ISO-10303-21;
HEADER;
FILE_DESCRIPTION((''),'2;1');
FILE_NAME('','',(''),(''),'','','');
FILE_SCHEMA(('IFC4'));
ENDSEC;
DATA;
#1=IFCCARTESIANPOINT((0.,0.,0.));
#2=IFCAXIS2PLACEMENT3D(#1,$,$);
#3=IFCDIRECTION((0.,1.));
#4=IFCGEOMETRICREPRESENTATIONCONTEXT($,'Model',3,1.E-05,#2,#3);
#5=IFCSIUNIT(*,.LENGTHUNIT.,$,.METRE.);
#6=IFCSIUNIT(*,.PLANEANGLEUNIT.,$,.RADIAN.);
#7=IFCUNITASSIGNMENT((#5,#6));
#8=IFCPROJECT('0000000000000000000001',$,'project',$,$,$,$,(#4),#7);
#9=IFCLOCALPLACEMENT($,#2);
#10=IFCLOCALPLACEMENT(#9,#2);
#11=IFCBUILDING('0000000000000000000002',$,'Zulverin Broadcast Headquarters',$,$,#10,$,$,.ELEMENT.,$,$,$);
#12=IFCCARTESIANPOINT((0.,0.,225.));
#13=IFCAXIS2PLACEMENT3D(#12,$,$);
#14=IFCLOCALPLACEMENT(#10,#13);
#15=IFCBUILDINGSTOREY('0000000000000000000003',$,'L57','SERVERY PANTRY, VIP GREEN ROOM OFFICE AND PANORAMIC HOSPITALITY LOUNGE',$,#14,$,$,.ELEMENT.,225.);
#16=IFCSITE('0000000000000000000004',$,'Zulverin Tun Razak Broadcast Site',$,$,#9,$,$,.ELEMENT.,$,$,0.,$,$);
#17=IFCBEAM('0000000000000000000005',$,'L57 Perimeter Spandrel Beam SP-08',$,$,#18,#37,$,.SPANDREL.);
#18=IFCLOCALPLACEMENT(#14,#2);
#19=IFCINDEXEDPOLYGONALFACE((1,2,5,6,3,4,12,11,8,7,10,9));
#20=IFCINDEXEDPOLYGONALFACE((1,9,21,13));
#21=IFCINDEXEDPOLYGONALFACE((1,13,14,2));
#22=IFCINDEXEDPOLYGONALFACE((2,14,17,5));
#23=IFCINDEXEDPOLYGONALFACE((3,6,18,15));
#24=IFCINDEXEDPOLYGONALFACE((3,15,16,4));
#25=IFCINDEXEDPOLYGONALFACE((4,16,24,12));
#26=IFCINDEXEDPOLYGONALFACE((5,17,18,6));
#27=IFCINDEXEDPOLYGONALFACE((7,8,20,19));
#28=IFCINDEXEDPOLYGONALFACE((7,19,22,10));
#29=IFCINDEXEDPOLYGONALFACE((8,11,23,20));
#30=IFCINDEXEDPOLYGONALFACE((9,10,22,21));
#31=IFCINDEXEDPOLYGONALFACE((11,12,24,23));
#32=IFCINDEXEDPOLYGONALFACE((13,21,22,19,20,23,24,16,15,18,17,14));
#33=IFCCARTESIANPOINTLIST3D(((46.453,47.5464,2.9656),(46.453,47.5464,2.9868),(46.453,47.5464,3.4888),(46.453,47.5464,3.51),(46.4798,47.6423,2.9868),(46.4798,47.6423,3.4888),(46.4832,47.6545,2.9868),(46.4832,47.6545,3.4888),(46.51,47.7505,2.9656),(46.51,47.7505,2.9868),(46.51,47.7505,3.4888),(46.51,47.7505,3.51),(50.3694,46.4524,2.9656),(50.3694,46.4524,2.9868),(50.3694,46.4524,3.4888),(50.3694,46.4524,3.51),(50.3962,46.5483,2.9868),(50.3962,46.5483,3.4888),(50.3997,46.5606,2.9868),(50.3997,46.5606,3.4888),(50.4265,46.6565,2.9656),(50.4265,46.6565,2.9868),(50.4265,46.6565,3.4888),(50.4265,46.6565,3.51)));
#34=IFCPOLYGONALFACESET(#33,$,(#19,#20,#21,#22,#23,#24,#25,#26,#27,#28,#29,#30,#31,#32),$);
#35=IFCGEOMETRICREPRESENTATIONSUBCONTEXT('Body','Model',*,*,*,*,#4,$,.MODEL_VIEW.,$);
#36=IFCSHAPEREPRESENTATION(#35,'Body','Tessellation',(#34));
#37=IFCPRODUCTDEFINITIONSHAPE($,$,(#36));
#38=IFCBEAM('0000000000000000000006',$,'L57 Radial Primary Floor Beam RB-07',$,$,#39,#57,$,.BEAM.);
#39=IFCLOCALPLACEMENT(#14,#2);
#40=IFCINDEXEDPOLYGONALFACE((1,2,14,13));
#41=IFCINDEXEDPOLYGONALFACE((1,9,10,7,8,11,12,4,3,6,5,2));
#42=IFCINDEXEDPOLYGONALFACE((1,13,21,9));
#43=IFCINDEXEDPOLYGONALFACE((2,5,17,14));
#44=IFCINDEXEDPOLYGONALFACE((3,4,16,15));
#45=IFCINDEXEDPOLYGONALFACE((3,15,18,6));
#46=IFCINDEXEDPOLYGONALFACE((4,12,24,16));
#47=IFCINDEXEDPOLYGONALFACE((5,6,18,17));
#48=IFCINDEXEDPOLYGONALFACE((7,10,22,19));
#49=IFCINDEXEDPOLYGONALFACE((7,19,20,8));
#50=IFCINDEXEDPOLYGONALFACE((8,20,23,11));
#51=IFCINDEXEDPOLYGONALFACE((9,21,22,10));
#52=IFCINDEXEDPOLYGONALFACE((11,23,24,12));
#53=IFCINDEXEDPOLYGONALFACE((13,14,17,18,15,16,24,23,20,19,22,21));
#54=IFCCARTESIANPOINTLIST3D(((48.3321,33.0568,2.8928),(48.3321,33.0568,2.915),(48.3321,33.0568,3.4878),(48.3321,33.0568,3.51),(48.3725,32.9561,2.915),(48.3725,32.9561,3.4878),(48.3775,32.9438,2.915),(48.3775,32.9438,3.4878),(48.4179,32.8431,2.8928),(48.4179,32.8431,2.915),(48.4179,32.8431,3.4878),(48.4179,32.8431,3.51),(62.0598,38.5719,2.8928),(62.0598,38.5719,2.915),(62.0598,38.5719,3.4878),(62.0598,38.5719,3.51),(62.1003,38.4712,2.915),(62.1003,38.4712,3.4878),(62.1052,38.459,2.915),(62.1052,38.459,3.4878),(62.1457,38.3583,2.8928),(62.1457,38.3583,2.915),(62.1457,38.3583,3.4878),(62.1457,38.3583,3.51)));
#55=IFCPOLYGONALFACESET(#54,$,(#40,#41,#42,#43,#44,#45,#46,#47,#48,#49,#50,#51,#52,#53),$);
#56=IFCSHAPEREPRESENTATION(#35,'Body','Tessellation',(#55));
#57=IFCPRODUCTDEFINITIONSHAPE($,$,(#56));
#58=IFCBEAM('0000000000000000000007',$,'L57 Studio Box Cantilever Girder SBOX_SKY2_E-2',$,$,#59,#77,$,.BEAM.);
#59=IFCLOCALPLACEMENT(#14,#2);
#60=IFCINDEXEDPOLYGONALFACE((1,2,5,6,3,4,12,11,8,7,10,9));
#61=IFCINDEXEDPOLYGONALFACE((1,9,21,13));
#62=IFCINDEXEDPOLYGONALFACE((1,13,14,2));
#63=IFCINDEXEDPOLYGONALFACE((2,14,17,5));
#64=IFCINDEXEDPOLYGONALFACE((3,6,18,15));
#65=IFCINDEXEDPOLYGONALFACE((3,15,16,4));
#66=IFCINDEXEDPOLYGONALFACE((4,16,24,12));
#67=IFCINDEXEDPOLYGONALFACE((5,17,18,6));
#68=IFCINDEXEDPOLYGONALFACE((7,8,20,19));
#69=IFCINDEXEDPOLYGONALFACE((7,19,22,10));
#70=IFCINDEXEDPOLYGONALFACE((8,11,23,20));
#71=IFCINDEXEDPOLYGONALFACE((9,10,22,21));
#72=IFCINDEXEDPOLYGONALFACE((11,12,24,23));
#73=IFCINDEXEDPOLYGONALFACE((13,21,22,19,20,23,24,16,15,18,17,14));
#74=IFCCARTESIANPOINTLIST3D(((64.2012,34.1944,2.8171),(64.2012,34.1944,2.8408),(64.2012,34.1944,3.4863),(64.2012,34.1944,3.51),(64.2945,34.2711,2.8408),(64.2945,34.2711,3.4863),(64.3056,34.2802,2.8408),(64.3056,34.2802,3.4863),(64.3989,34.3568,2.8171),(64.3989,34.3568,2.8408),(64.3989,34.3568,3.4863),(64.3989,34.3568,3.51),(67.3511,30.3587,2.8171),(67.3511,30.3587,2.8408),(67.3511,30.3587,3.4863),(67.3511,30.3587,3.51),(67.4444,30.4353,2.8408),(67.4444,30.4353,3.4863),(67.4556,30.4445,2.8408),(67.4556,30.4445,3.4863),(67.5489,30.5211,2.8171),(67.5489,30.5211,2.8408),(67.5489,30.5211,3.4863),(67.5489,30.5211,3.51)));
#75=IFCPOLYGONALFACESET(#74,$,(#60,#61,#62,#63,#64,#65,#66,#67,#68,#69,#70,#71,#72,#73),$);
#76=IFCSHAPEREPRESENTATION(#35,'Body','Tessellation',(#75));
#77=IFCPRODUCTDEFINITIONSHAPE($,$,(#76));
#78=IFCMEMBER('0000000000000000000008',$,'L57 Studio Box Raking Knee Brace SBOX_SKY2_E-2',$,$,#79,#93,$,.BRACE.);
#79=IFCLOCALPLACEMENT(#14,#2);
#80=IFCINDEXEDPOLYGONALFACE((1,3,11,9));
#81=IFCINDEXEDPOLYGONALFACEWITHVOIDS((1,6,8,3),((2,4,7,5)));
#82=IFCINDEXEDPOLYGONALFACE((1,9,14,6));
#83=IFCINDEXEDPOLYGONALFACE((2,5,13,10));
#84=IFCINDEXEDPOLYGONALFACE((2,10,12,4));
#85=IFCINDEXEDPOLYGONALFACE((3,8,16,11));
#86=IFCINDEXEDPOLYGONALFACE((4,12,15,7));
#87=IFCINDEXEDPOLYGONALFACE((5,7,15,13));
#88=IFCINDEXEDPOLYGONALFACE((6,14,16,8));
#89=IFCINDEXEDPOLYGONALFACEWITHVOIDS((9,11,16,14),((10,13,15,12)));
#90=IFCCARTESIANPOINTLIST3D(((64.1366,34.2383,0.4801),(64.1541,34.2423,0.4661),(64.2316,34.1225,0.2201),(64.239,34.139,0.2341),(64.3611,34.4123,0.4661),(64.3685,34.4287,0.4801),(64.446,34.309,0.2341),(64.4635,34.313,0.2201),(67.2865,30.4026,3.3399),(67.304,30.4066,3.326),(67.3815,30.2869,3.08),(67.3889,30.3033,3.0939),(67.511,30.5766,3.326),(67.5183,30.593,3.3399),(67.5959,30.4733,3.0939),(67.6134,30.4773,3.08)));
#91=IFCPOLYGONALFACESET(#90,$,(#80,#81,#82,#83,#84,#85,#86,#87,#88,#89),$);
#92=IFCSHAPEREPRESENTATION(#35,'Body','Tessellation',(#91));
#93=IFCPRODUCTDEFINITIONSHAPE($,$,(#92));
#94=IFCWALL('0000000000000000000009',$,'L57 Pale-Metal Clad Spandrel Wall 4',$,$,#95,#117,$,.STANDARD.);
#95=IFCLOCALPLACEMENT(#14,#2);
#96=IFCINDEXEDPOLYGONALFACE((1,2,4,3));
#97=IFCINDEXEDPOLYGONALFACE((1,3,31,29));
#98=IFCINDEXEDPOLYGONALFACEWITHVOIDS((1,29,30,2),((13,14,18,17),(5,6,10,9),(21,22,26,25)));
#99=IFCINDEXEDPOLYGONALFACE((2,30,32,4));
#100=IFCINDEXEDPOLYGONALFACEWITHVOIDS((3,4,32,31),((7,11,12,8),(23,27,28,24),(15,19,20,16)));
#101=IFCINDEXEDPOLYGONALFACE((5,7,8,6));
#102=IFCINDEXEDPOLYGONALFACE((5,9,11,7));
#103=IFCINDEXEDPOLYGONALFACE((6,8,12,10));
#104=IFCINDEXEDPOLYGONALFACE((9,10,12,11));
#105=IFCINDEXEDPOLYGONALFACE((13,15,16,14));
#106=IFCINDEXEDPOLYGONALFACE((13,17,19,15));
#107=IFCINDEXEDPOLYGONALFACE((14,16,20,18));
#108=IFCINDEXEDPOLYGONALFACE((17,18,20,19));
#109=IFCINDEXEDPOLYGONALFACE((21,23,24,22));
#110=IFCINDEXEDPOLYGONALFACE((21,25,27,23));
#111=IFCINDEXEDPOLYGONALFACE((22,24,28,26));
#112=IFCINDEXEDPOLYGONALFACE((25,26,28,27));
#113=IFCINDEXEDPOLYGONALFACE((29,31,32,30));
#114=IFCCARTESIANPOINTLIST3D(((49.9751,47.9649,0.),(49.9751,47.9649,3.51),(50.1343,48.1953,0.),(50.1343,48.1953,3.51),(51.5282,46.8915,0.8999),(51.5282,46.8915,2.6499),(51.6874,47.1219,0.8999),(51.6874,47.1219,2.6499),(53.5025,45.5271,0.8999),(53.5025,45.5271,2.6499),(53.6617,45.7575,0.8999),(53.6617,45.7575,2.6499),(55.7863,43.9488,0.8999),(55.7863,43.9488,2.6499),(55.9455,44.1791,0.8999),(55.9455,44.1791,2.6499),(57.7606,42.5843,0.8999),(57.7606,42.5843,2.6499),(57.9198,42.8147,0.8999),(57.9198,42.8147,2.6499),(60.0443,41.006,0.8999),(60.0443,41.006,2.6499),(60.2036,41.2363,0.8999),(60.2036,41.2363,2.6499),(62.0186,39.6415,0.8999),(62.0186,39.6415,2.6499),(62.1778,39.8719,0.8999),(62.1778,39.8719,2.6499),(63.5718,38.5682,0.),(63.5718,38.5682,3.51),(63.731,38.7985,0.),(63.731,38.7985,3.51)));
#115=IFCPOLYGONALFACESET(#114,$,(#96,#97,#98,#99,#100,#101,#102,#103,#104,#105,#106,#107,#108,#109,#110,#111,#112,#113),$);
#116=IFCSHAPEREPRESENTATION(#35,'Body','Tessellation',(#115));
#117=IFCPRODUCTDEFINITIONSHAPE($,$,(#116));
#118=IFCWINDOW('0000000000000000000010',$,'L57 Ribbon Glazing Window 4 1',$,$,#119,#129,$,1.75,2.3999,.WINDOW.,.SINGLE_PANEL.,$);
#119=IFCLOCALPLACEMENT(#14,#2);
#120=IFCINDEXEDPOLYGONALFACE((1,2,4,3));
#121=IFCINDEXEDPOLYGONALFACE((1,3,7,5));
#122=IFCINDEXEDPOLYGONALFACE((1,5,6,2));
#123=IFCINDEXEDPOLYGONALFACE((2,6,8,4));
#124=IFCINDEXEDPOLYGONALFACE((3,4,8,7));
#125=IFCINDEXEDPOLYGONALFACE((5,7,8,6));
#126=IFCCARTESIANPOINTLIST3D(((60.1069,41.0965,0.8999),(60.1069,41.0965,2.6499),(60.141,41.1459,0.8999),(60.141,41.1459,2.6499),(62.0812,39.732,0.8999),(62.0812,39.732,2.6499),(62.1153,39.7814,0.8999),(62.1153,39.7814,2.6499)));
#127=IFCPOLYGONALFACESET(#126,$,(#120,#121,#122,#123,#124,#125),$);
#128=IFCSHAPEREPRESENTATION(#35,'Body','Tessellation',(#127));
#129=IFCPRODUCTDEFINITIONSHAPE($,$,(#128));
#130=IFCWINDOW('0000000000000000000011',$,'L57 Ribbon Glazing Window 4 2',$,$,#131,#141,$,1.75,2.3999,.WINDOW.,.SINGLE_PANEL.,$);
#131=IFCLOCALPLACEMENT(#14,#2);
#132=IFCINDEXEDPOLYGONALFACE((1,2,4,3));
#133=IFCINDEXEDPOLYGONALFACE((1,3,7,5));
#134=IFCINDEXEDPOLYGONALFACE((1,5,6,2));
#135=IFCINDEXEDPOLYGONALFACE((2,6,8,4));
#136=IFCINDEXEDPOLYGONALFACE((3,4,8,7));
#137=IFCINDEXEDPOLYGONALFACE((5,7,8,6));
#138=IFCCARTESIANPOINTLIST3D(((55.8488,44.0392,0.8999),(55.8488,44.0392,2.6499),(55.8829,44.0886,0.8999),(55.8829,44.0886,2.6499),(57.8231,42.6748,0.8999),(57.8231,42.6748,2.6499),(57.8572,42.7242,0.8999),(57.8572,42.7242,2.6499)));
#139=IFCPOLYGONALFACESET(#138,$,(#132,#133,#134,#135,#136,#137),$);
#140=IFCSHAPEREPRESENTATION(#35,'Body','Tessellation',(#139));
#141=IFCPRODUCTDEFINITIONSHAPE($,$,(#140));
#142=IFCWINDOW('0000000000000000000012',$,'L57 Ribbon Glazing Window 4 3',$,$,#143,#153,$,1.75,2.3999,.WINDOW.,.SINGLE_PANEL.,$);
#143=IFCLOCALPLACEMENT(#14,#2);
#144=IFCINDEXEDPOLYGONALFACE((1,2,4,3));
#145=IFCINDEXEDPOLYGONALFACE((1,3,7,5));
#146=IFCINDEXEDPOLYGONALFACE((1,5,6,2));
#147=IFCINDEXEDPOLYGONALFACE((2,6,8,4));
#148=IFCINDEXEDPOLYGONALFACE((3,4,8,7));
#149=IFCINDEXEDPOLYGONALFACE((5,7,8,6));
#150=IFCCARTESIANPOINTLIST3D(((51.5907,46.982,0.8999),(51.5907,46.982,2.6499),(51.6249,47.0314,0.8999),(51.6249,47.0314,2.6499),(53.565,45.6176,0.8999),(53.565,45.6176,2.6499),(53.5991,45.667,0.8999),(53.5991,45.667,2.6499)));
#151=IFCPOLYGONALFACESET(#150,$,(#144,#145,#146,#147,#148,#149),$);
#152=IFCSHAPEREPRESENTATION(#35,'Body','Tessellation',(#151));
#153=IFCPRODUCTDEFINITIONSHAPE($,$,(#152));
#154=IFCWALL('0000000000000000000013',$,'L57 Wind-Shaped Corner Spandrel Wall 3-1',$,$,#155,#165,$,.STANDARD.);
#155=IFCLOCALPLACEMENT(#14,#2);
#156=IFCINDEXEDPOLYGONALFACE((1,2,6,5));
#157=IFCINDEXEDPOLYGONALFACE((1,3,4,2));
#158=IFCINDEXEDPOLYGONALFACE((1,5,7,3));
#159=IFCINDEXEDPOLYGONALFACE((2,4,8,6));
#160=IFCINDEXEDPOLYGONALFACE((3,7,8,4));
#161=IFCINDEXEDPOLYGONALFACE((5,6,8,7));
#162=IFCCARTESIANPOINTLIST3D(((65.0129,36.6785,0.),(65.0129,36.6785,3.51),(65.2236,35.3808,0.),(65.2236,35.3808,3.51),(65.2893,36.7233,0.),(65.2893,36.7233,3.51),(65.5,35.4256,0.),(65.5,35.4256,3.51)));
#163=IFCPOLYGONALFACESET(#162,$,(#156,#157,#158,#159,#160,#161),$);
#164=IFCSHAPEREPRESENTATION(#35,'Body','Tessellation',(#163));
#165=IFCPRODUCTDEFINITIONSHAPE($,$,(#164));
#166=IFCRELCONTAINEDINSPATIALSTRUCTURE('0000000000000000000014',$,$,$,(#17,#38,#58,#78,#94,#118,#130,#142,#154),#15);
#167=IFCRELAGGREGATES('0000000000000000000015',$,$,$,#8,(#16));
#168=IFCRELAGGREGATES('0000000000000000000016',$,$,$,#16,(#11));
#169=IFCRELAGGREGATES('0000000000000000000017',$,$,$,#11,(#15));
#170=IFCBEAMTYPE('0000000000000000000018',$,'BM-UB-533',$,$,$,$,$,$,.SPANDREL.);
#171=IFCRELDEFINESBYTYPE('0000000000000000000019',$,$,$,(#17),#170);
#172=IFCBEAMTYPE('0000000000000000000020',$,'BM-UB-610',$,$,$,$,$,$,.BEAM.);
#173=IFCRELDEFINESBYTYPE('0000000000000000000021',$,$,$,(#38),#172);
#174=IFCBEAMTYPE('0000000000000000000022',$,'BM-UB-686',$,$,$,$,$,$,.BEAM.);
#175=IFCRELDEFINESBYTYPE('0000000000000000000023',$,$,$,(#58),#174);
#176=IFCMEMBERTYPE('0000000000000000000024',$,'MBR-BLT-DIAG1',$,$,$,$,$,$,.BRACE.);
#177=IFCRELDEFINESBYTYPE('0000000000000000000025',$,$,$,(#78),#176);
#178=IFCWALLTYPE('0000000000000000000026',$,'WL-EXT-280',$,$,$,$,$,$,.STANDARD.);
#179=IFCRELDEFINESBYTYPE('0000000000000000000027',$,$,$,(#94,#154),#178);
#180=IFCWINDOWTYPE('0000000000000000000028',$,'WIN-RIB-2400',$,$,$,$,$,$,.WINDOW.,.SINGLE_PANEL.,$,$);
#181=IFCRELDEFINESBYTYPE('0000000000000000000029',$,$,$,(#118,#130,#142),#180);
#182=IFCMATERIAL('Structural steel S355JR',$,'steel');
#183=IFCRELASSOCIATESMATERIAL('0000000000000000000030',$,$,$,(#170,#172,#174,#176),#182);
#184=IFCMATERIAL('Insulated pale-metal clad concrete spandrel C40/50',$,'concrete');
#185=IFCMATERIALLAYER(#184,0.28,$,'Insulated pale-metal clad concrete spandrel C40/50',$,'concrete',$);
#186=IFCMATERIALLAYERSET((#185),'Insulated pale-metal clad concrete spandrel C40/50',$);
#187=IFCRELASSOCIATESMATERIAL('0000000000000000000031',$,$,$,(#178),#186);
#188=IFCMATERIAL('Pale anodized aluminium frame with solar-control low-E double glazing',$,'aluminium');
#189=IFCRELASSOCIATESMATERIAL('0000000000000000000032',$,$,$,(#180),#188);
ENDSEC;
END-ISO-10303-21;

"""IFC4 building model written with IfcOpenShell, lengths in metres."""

from ifc_helpers import new_model, si_unit, direction, frame, frame_2d, origin, origin_2d, place, context, subcontext, project, spatial, rectangle, hollow_rectangle, i_section, extrude, material, layer, layer_set, material_profile, profile_set, type_object, element, fill, save


model = new_model("IFC4")

# Units and contexts
model_context = context("Model", 3, precision=1e-05, world=origin(), true_north=direction((0.0, 1.0)))
body_context = subcontext(model_context, "Body", "Model", "MODEL_VIEW")
ifc_project = project(units=[si_unit("LENGTHUNIT", "METRE"), si_unit("PLANEANGLEUNIT", "RADIAN")], contexts=[model_context])

# Site, building, storey
site_placement = place(None, origin())
site = spatial("IfcSite", under=ifc_project, at=site_placement, Name="Zulverin Tun Razak Broadcast Site", CompositionType="ELEMENT", RefElevation=0.0)
building_placement = place(site_placement, origin())
building = spatial("IfcBuilding", under=site, at=building_placement, Name="Zulverin Broadcast Headquarters", CompositionType="ELEMENT")
storey_placement = place(building_placement, frame((0.0, 0.0, 225.0)))
storey = spatial("IfcBuildingStorey", under=building, at=storey_placement, Name="L57", Description="SERVERY PANTRY, VIP GREEN ROOM OFFICE AND PANORAMIC HOSPITALITY LOUNGE", CompositionType="ELEMENT", Elevation=225.0)

# Beams
ifc_material_1 = material(Name="Structural steel S355JR", Category="steel")
ifc_material_profile_1 = material_profile(ifc_material_1, i_section(OverallWidth=0.2119, OverallDepth=0.5444, WebThickness=0.0127, FlangeThickness=0.0212, at=origin_2d()), Name="Structural steel S355JR", Category="steel")
ifc_profile_set_1 = profile_set([ifc_material_profile_1], Name="Structural steel S355JR")
beam_type_1 = type_object("IfcBeamType", Name="BM-UB-533", PredefinedType="SPANDREL", material=ifc_profile_set_1)
beam_1_placement = place(storey_placement, frame((50.3979, 46.5544, 3.2378), z_axis=(-0.963132, 0.269031, 0.0), x_axis=(-0.269031, -0.963132, 0.0)))
element("IfcBeam", 1, at=beam_1_placement, inside=storey, type_object=beam_type_1, Name="L57 Perimeter Spandrel Beam SP-08", PredefinedType="SPANDREL", context=body_context, shape_type="SweptSolid", body=[
    extrude(i_section(OverallWidth=0.2119, OverallDepth=0.5444, WebThickness=0.0127, FlangeThickness=0.0212, at=origin_2d()), origin(), (0.0, 0.0, 1.0), 4.0664),
])
ifc_material_profile_2 = material_profile(ifc_material_1, i_section(OverallWidth=0.2302, OverallDepth=0.6172, WebThickness=0.0132, FlangeThickness=0.0222, at=origin_2d()), Name="Structural steel S355JR", Category="steel")
ifc_profile_set_2 = profile_set([ifc_material_profile_2], Name="Structural steel S355JR")
beam_type_2 = type_object("IfcBeamType", Name="BM-UB-610", PredefinedType="BEAM", material=ifc_profile_set_2)
beam_2_placement = place(storey_placement, frame((48.375, 32.95, 3.2014), z_axis=(0.927916, 0.37279, 0.0), x_axis=(-0.37279, 0.927916, 0.0)))
element("IfcBeam", 2, at=beam_2_placement, inside=storey, type_object=beam_type_2, Name="L57 Radial Primary Floor Beam RB-07", PredefinedType="BEAM", context=body_context, shape_type="SweptSolid", body=[
    extrude(i_section(OverallWidth=0.2302, OverallDepth=0.6172, WebThickness=0.0132, FlangeThickness=0.0222, at=origin_2d()), origin(), (0.0, 0.0, 1.0), 14.7942),
])
ifc_material_profile_3 = material_profile(ifc_material_1, i_section(OverallWidth=0.2559, OverallDepth=0.6929, WebThickness=0.0144, FlangeThickness=0.0237, at=origin_2d()), Name="Structural steel S355JR", Category="steel")
ifc_profile_set_3 = profile_set([ifc_material_profile_3], Name="Structural steel S355JR")
beam_type_3 = type_object("IfcBeamType", Name="BM-UB-686", PredefinedType="BEAM", material=ifc_profile_set_3)
beam_3_placement = place(storey_placement, frame((64.3, 34.2756, 3.1636), z_axis=(0.634638, -0.77281, 0.0), x_axis=(0.77281, 0.634638, 0.0)))
element("IfcBeam", 3, at=beam_3_placement, inside=storey, type_object=beam_type_3, Name="L57 Studio Box Cantilever Girder SBOX_SKY2_E-2", PredefinedType="BEAM", context=body_context, shape_type="SweptSolid", body=[
    extrude(i_section(OverallWidth=0.2559, OverallDepth=0.6929, WebThickness=0.0144, FlangeThickness=0.0237, at=origin_2d()), origin(), (0.0, 0.0, 1.0), 4.9634),
])

# Member
ifc_material_profile_4 = material_profile(ifc_material_1, hollow_rectangle(XDim=0.3, YDim=0.3, WallThickness=0.0161, at=origin_2d()), Name="Structural steel S355JR", Category="steel")
ifc_profile_set_4 = profile_set([ifc_material_profile_4], Name="Structural steel S355JR")
member_type = type_object("IfcMemberType", Name="MBR-BLT-DIAG1", PredefinedType="BRACE", material=ifc_profile_set_4)
member_placement = place(storey_placement, frame((64.3, 34.2756, 0.3501), z_axis=(0.549886, -0.669606, 0.499253), x_axis=(0.77281, 0.634638, 0.0)))
element("IfcMember", 4, at=member_placement, inside=storey, type_object=member_type, Name="L57 Studio Box Raking Knee Brace SBOX_SKY2_E-2", PredefinedType="BRACE", context=body_context, shape_type="SweptSolid", body=[
    extrude(hollow_rectangle(XDim=0.3, YDim=0.3, WallThickness=0.0161, at=origin_2d()), origin(), (0.0, 0.0, 1.0), 5.7283),
])

# Wall, openings, windows
ifc_material_2 = material(Name="Insulated pale-metal clad concrete spandrel C40/50", Category="concrete")
ifc_layer_1 = layer(ifc_material_2, 0.28, Name="Insulated pale-metal clad concrete spandrel C40/50", Category="concrete")
ifc_layer_set_1 = layer_set([ifc_layer_1], Name="Insulated pale-metal clad concrete spandrel C40/50")
wall_type_1 = type_object("IfcWallType", Name="WL-EXT-280", PredefinedType="STANDARD", material=ifc_layer_set_1)
wall_1_placement = place(storey_placement, frame((63.6514, 38.6833, 0.0), z_axis=(0.0, 0.0, 1.0), x_axis=(-0.822655, 0.568541, 0.0)))
wall_1 = element("IfcWall", 5, at=wall_1_placement, inside=storey, type_object=wall_type_1, Name="L57 Pale-Metal Clad Spandrel Wall 4", PredefinedType="STANDARD", context=body_context, shape_type="SweptSolid", body=[
    extrude(rectangle(XDim=16.5278, YDim=0.28, at=frame_2d((8.2639, 0.0))), origin(), (0.0, 0.0, 1.0), 3.51),
])
opening_1_placement = place(wall_1_placement, frame((1.8879, 0.0, 0.8999)))
opening_1 = element("IfcOpeningElement", 6, at=opening_1_placement, cuts=wall_1, PredefinedType="OPENING", context=body_context, shape_type="SweptSolid", body=[
    extrude(rectangle(XDim=2.3999, YDim=1.75, at=frame_2d((1.2, 0.875))), frame((0.0, 0.1499, 0.0), z_axis=(0.0, -1.0, 0.0), x_axis=(1.0, 0.0, 0.0)), (0.0, 0.0, 1.0), 0.3),
])
opening_2_placement = place(wall_1_placement, frame((7.064, 0.0, 0.8999)))
opening_2 = element("IfcOpeningElement", 7, at=opening_2_placement, cuts=wall_1, PredefinedType="OPENING", context=body_context, shape_type="SweptSolid", body=[
    extrude(rectangle(XDim=2.3999, YDim=1.75, at=frame_2d((1.2, 0.875))), frame((0.0, 0.1499, 0.0), z_axis=(0.0, -1.0, 0.0), x_axis=(1.0, 0.0, 0.0)), (0.0, 0.0, 1.0), 0.3),
])
opening_3_placement = place(wall_1_placement, frame((12.24, 0.0, 0.8999)))
opening_3 = element("IfcOpeningElement", 8, at=opening_3_placement, cuts=wall_1, PredefinedType="OPENING", context=body_context, shape_type="SweptSolid", body=[
    extrude(rectangle(XDim=2.3999, YDim=1.75, at=frame_2d((1.2, 0.875))), frame((0.0, 0.1499, 0.0), z_axis=(0.0, -1.0, 0.0), x_axis=(1.0, 0.0, 0.0)), (0.0, 0.0, 1.0), 0.3),
])
ifc_material_3 = material(Name="Pale anodized aluminium frame with solar-control low-E double glazing", Category="aluminium")
window_type = type_object("IfcWindowType", Name="WIN-RIB-2400", PartitioningType="SINGLE_PANEL", PredefinedType="WINDOW", material=ifc_material_3)
window_1_placement = place(opening_1_placement, origin())
window_1 = element("IfcWindow", 9, at=window_1_placement, inside=storey, type_object=window_type, Name="L57 Ribbon Glazing Window 4 1", OverallHeight=1.75, OverallWidth=2.3999, PartitioningType="SINGLE_PANEL", PredefinedType="WINDOW", context=body_context, shape_type="SweptSolid", body=[
    extrude(rectangle(XDim=2.3999, YDim=1.75, at=frame_2d((1.2, 0.875))), frame((0.0, 0.03, 0.0), z_axis=(0.0, -1.0, 0.0), x_axis=(1.0, 0.0, 0.0)), (0.0, 0.0, 1.0), 0.0601),
])
fill(opening_1, window_1)
window_2_placement = place(opening_2_placement, origin())
window_2 = element("IfcWindow", 10, at=window_2_placement, inside=storey, type_object=window_type, Name="L57 Ribbon Glazing Window 4 2", OverallHeight=1.75, OverallWidth=2.3999, PartitioningType="SINGLE_PANEL", PredefinedType="WINDOW", context=body_context, shape_type="SweptSolid", body=[
    extrude(rectangle(XDim=2.3999, YDim=1.75, at=frame_2d((1.2, 0.875))), frame((0.0, 0.03, 0.0), z_axis=(0.0, -1.0, 0.0), x_axis=(1.0, 0.0, 0.0)), (0.0, 0.0, 1.0), 0.0601),
])
fill(opening_2, window_2)
window_3_placement = place(opening_3_placement, origin())
window_3 = element("IfcWindow", 11, at=window_3_placement, inside=storey, type_object=window_type, Name="L57 Ribbon Glazing Window 4 3", OverallHeight=1.75, OverallWidth=2.3999, PartitioningType="SINGLE_PANEL", PredefinedType="WINDOW", context=body_context, shape_type="SweptSolid", body=[
    extrude(rectangle(XDim=2.3999, YDim=1.75, at=frame_2d((1.2, 0.875))), frame((0.0, 0.03, 0.0), z_axis=(0.0, -1.0, 0.0), x_axis=(1.0, 0.0, 0.0)), (0.0, 0.0, 1.0), 0.0601),
])
fill(opening_3, window_3)

# Wall
wall_2_placement = place(storey_placement, frame((65.3618, 35.4033, 0.0), z_axis=(0.0, 0.0, 1.0), x_axis=(-0.160272, 0.987073, 0.0)))
element("IfcWall", 12, at=wall_2_placement, inside=storey, type_object=wall_type_1, Name="L57 Wind-Shaped Corner Spandrel Wall 3-1", PredefinedType="STANDARD", context=body_context, shape_type="SweptSolid", body=[
    extrude(rectangle(XDim=1.3147, YDim=0.28, at=frame_2d((0.6572, 0.0))), origin(), (0.0, 0.0, 1.0), 3.51),
])

save(model, "model.ifc")
